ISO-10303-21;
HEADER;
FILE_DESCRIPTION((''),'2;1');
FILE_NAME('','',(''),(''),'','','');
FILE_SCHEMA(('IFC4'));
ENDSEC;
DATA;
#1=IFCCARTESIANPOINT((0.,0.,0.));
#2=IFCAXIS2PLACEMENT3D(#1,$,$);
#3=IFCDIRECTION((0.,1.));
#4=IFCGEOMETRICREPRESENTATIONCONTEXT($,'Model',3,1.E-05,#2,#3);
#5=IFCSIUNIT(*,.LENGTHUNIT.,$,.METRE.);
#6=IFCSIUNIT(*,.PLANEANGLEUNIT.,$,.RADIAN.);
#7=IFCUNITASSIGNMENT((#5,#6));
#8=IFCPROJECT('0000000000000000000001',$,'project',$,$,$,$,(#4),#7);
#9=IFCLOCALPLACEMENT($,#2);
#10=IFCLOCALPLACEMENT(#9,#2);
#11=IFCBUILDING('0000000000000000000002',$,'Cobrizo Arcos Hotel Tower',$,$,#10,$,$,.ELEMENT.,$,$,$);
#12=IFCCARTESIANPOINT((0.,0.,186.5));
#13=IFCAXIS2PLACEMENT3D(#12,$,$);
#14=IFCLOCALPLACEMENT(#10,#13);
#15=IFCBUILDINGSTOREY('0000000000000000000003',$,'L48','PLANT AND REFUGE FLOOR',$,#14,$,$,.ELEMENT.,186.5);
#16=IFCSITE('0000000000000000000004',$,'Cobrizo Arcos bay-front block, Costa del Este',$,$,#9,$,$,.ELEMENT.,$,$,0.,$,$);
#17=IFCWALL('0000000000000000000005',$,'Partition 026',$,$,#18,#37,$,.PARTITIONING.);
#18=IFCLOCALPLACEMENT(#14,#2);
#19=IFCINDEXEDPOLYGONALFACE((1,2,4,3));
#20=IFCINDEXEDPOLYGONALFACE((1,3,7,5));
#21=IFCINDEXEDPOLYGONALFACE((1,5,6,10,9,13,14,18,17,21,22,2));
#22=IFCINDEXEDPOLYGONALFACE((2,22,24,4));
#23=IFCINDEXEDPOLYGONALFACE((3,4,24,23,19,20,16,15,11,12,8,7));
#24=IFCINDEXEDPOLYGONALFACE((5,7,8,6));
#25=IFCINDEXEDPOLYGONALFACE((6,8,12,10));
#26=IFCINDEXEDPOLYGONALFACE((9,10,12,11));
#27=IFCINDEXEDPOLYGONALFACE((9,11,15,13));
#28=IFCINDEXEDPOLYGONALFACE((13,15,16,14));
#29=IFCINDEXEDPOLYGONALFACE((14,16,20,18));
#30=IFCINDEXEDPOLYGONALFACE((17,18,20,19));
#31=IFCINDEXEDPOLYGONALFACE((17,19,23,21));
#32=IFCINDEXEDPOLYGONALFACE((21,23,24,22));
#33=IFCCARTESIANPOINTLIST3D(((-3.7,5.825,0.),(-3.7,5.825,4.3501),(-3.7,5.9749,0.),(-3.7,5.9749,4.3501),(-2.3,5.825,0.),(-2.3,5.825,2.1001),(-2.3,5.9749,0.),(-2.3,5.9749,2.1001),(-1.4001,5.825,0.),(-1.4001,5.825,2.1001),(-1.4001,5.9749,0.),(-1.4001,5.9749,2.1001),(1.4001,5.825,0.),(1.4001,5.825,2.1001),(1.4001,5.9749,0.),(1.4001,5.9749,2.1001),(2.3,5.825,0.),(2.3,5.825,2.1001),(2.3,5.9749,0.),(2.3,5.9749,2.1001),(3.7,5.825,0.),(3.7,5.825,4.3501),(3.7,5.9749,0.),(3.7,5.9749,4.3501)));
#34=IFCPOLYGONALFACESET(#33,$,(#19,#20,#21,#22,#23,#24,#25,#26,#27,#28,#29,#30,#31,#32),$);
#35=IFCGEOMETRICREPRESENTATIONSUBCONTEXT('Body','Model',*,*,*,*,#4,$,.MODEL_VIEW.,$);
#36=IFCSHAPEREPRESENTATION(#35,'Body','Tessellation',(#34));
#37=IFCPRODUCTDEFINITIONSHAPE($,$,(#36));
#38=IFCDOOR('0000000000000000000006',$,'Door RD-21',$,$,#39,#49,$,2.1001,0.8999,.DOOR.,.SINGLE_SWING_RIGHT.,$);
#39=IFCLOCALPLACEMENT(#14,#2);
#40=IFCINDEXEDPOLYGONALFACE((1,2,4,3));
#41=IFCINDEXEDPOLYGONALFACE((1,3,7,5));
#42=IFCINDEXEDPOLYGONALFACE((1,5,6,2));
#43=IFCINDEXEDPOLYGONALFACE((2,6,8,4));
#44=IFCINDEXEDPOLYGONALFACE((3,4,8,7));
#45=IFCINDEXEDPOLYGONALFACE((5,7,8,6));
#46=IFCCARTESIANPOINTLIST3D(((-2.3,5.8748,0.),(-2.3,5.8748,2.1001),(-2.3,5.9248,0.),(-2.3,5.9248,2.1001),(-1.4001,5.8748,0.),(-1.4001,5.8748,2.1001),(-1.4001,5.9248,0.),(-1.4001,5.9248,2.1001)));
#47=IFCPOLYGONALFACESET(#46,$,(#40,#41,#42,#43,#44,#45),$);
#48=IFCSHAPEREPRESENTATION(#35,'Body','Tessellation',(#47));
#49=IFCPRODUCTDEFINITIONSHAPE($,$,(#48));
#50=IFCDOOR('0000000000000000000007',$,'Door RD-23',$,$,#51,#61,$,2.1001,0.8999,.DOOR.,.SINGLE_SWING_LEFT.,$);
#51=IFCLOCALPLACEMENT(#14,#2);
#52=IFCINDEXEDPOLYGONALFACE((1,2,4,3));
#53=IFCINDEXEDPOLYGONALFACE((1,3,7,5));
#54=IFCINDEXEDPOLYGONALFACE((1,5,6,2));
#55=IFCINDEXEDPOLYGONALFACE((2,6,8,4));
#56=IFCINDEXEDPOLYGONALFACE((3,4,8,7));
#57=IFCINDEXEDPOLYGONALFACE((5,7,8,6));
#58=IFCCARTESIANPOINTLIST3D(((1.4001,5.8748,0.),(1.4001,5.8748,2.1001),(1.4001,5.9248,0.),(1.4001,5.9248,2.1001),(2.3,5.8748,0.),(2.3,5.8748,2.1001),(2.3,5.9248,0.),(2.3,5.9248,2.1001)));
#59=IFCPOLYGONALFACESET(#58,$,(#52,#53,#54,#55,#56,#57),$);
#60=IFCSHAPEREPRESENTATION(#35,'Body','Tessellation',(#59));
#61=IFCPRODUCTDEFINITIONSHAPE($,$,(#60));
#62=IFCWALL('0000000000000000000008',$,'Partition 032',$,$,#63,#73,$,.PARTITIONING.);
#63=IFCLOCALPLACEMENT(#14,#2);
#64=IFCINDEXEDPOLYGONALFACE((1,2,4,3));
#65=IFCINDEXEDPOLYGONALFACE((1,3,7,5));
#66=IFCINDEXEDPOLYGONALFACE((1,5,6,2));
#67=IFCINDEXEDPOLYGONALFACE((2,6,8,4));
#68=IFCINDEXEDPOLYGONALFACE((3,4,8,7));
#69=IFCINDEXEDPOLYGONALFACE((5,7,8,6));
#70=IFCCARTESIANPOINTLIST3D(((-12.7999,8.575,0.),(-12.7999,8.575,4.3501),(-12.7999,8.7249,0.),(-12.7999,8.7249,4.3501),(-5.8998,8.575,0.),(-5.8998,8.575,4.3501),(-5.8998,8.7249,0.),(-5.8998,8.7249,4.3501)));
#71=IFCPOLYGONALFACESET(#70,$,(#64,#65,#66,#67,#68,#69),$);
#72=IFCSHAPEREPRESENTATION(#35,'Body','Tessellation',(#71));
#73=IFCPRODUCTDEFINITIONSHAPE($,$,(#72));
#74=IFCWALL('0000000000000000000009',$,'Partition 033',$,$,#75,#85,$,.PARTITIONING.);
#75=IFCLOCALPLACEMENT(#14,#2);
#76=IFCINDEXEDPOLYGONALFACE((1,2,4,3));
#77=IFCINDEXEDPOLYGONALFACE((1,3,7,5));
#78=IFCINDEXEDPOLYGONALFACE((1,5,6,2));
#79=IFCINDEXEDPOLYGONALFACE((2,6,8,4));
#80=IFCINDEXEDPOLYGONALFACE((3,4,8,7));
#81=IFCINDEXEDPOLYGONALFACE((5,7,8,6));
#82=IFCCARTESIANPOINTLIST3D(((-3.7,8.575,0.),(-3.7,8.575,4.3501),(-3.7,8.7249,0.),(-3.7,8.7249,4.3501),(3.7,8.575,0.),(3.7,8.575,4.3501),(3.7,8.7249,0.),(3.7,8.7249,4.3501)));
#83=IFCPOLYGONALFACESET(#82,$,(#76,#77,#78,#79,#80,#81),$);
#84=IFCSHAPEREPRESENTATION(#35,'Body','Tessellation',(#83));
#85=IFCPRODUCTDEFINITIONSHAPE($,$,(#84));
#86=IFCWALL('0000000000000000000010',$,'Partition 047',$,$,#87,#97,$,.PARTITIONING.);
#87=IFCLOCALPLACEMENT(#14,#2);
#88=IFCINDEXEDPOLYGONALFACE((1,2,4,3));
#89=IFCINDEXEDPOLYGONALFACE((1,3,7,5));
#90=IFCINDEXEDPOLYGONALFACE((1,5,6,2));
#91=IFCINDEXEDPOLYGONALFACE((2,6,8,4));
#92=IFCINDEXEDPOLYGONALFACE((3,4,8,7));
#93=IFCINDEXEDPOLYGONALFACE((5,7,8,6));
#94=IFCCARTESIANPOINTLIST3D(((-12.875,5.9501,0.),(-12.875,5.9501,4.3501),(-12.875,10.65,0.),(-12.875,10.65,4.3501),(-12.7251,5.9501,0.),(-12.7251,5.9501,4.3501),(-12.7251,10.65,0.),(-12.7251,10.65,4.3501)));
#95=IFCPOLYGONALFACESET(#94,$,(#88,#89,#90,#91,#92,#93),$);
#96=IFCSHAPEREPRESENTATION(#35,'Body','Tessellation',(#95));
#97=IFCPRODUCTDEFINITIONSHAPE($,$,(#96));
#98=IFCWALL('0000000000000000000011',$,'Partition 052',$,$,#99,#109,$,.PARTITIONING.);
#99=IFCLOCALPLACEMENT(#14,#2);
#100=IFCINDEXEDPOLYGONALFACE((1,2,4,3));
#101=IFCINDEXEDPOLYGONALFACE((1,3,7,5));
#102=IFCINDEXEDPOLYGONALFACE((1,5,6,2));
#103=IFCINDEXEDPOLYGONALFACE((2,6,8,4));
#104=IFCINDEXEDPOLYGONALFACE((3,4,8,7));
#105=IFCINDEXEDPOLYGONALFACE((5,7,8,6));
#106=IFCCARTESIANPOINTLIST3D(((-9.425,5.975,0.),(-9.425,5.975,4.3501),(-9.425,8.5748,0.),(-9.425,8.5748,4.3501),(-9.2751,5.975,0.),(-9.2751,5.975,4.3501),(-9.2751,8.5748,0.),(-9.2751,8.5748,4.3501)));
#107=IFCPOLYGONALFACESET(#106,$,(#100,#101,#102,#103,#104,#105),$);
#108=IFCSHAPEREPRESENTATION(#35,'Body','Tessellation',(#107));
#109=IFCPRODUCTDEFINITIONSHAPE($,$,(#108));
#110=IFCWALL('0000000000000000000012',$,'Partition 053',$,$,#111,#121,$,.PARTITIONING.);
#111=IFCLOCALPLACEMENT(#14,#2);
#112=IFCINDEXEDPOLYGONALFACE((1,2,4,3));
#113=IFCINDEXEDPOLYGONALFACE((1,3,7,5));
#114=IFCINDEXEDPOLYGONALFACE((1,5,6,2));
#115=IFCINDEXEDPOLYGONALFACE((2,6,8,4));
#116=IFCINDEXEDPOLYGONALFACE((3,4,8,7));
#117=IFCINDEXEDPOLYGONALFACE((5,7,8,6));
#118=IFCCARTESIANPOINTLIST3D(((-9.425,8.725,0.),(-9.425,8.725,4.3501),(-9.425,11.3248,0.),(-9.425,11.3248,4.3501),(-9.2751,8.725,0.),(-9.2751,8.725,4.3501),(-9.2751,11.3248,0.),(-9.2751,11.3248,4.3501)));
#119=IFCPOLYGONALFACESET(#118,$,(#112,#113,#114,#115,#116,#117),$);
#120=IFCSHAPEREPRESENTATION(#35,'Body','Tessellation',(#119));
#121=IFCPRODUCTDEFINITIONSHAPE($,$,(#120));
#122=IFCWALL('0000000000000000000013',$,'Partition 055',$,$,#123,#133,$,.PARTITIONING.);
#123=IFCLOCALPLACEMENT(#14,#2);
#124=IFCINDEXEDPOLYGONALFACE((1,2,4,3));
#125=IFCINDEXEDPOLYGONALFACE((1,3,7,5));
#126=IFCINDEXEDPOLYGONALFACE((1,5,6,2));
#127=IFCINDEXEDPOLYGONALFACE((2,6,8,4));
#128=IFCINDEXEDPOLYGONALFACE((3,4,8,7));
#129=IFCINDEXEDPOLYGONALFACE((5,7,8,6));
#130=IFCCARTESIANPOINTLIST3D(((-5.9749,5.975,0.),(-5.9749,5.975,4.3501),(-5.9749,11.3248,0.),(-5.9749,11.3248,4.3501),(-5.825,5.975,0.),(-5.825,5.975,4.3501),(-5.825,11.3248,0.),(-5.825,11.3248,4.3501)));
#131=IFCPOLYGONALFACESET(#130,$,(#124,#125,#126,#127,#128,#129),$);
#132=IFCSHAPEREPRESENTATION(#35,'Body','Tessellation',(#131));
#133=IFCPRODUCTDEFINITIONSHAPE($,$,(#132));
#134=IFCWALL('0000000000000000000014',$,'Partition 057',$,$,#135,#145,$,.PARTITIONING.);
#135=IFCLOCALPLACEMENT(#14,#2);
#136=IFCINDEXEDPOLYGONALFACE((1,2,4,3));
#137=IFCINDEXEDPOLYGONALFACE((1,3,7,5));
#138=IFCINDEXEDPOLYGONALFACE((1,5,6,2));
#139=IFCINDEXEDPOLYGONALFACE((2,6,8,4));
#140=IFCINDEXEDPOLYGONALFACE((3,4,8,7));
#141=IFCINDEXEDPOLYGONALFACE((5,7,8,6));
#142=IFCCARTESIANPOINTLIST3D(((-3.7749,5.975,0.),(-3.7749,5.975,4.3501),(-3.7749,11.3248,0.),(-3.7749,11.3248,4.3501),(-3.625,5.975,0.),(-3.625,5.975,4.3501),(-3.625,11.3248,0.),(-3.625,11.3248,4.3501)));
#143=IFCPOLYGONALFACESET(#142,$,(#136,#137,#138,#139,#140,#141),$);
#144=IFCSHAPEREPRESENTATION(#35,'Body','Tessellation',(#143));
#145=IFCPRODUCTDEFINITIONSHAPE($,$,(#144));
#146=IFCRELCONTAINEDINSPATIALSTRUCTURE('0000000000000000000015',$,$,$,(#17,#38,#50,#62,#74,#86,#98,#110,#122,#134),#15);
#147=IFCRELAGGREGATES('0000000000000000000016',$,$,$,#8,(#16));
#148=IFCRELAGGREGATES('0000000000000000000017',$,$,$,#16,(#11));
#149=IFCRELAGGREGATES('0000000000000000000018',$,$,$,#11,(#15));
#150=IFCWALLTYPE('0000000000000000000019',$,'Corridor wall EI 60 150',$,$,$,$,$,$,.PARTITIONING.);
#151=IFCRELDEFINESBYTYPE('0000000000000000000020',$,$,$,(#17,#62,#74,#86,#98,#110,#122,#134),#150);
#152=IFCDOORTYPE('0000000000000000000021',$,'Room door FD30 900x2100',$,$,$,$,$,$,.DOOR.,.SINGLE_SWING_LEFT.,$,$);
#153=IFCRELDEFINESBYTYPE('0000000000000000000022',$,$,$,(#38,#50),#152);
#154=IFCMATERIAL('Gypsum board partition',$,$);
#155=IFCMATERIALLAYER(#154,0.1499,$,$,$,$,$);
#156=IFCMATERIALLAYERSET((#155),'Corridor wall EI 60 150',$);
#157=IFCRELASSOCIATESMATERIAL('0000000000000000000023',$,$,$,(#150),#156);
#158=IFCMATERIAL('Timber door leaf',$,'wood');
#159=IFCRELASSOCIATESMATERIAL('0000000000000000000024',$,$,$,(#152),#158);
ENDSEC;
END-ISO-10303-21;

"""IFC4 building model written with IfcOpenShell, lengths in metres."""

from ifc_helpers import new_model, si_unit, direction, frame, frame_2d, origin, place, context, subcontext, project, spatial, rectangle, extrude, material, layer, layer_set, type_object, element, fill, save


model = new_model("IFC4")

# Units and contexts
model_context = context("Model", 3, precision=1e-05, world=origin(), true_north=direction((0.0, 1.0)))
body_context = subcontext(model_context, "Body", "Model", "MODEL_VIEW")
ifc_project = project(units=[si_unit("LENGTHUNIT", "METRE"), si_unit("PLANEANGLEUNIT", "RADIAN")], contexts=[model_context])

# Site, building, storey
site_placement = place(None, origin())
site = spatial("IfcSite", under=ifc_project, at=site_placement, Name="Cobrizo Arcos bay-front block, Costa del Este", CompositionType="ELEMENT", RefElevation=0.0)
building_placement = place(site_placement, origin())
building = spatial("IfcBuilding", under=site, at=building_placement, Name="Cobrizo Arcos Hotel Tower", CompositionType="ELEMENT")
storey_placement = place(building_placement, frame((0.0, 0.0, 186.5)))
storey = spatial("IfcBuildingStorey", under=building, at=storey_placement, Name="L48", Description="PLANT AND REFUGE FLOOR", CompositionType="ELEMENT", Elevation=186.5)

# Shared definitions
ifc_material_1 = material(Name="Gypsum board partition")
ifc_layer = layer(ifc_material_1, 0.1499)
ifc_layer_set = layer_set([ifc_layer], Name="Corridor wall EI 60 150")
wall_type = type_object("IfcWallType", Name="Corridor wall EI 60 150", PredefinedType="PARTITIONING", material=ifc_layer_set)
ifc_material_2 = material(Name="Timber door leaf", Category="wood")
door_type = type_object("IfcDoorType", Name="Room door FD30 900x2100", OperationType="SINGLE_SWING_LEFT", PredefinedType="DOOR", material=ifc_material_2)

# Wall, openings, doors
wall_1_placement = place(storey_placement, frame((-3.7, 5.8999, 0.0), z_axis=(0.0, 0.0, 1.0), x_axis=(1.0, 0.0, 0.0)))
wall_1 = element("IfcWall", 1, at=wall_1_placement, inside=storey, type_object=wall_type, Name="Partition 026", PredefinedType="PARTITIONING", context=body_context, shape_type="SweptSolid", body=[
    extrude(rectangle(XDim=7.3999, YDim=0.1499, at=frame_2d((3.7, 0.0))), origin(), (0.0, 0.0, 1.0), 4.3501),
])
opening_1_placement = place(wall_1_placement, frame((1.3999, 0.0, 0.0)))
opening_1 = element("IfcOpeningElement", 2, at=opening_1_placement, cuts=wall_1, PredefinedType="OPENING", context=body_context, shape_type="SweptSolid", body=[
    extrude(rectangle(XDim=0.8999, YDim=2.1001, at=frame_2d((0.45, 1.05))), frame((0.0, 0.0869, 0.0), z_axis=(0.0, -1.0, 0.0), x_axis=(1.0, 0.0, 0.0)), (0.0, 0.0, 1.0), 0.1738),
])
opening_2_placement = place(wall_1_placement, frame((5.1001, 0.0, 0.0)))
opening_2 = element("IfcOpeningElement", 3, at=opening_2_placement, cuts=wall_1, PredefinedType="OPENING", context=body_context, shape_type="SweptSolid", body=[
    extrude(rectangle(XDim=0.8999, YDim=2.1001, at=frame_2d((0.45, 1.05))), frame((0.0, 0.0869, 0.0), z_axis=(0.0, -1.0, 0.0), x_axis=(1.0, 0.0, 0.0)), (0.0, 0.0, 1.0), 0.1738),
])
door_1_placement = place(opening_1_placement, origin())
door_1 = element("IfcDoor", 4, at=door_1_placement, inside=storey, type_object=door_type, Name="Door RD-21", OperationType="SINGLE_SWING_RIGHT", OverallHeight=2.1001, OverallWidth=0.8999, PredefinedType="DOOR", context=body_context, shape_type="SweptSolid", body=[
    extrude(rectangle(XDim=0.8999, YDim=2.1001, at=frame_2d((0.45, 1.05))), frame((0.0, 0.0249, 0.0), z_axis=(0.0, -1.0, 0.0), x_axis=(1.0, 0.0, 0.0)), (0.0, 0.0, 1.0), 0.05),
])
fill(opening_1, door_1)
door_2_placement = place(opening_2_placement, origin())
door_2 = element("IfcDoor", 5, at=door_2_placement, inside=storey, type_object=door_type, Name="Door RD-23", OperationType="SINGLE_SWING_LEFT", OverallHeight=2.1001, OverallWidth=0.8999, PredefinedType="DOOR", context=body_context, shape_type="SweptSolid", body=[
    extrude(rectangle(XDim=0.8999, YDim=2.1001, at=frame_2d((0.45, 1.05))), frame((0.0, 0.0249, 0.0), z_axis=(0.0, -1.0, 0.0), x_axis=(1.0, 0.0, 0.0)), (0.0, 0.0, 1.0), 0.05),
])
fill(opening_2, door_2)

# Walls
wall_2_placement = place(storey_placement, frame((-12.8, 8.6499, 0.0), z_axis=(0.0, 0.0, 1.0), x_axis=(1.0, 0.0, 0.0)))
element("IfcWall", 6, at=wall_2_placement, inside=storey, type_object=wall_type, Name="Partition 032", PredefinedType="PARTITIONING", context=body_context, shape_type="SweptSolid", body=[
    extrude(rectangle(XDim=6.9001, YDim=0.1499, at=frame_2d((3.4502, 0.0))), origin(), (0.0, 0.0, 1.0), 4.3501),
])
wall_3_placement = place(storey_placement, frame((-3.7, 8.6499, 0.0), z_axis=(0.0, 0.0, 1.0), x_axis=(1.0, 0.0, 0.0)))
element("IfcWall", 7, at=wall_3_placement, inside=storey, type_object=wall_type, Name="Partition 033", PredefinedType="PARTITIONING", context=body_context, shape_type="SweptSolid", body=[
    extrude(rectangle(XDim=7.3999, YDim=0.1499, at=frame_2d((3.7, 0.0))), origin(), (0.0, 0.0, 1.0), 4.3501),
])
wall_4_placement = place(storey_placement, frame((-12.8, 5.95, 0.0), z_axis=(0.0, 0.0, 1.0), x_axis=(0.0, 1.0, 0.0)))
element("IfcWall", 8, at=wall_4_placement, inside=storey, type_object=wall_type, Name="Partition 047", PredefinedType="PARTITIONING", context=body_context, shape_type="SweptSolid", body=[
    extrude(rectangle(XDim=4.7, YDim=0.1499, at=frame_2d((2.3501, 0.0))), origin(), (0.0, 0.0, 1.0), 4.3501),
])
for number, where, z_axis, x_axis, name in (
    (9, (-9.3501, 5.9751, 0.0), (0.0, 0.0, 1.0), (0.0, 1.0, 0.0), "Partition 052"),
    (10, (-9.3501, 8.7251, 0.0), (0.0, 0.0, 1.0), (0.0, 1.0, 0.0), "Partition 053"),
):
    element("IfcWall", number, at=place(storey_placement, frame(where, z_axis=z_axis, x_axis=x_axis)), inside=storey, type_object=wall_type, Name=name, PredefinedType="PARTITIONING", context=body_context, shape_type="SweptSolid", body=[
        extrude(rectangle(XDim=2.5999, YDim=0.1499, at=frame_2d((1.2998, 0.0))), origin(), (0.0, 0.0, 1.0), 4.3501),
    ])
for number, where, z_axis, x_axis, name in (
    (11, (-5.8999, 5.9751, 0.0), (0.0, 0.0, 1.0), (0.0, 1.0, 0.0), "Partition 055"),
    (12, (-3.7, 5.9751, 0.0), (0.0, 0.0, 1.0), (0.0, 1.0, 0.0), "Partition 057"),
):
    element("IfcWall", number, at=place(storey_placement, frame(where, z_axis=z_axis, x_axis=x_axis)), inside=storey, type_object=wall_type, Name=name, PredefinedType="PARTITIONING", context=body_context, shape_type="SweptSolid", body=[
        extrude(rectangle(XDim=5.3499, YDim=0.1499, at=frame_2d((2.6748, 0.0))), origin(), (0.0, 0.0, 1.0), 4.3501),
    ])

save(model, "model.ifc")
